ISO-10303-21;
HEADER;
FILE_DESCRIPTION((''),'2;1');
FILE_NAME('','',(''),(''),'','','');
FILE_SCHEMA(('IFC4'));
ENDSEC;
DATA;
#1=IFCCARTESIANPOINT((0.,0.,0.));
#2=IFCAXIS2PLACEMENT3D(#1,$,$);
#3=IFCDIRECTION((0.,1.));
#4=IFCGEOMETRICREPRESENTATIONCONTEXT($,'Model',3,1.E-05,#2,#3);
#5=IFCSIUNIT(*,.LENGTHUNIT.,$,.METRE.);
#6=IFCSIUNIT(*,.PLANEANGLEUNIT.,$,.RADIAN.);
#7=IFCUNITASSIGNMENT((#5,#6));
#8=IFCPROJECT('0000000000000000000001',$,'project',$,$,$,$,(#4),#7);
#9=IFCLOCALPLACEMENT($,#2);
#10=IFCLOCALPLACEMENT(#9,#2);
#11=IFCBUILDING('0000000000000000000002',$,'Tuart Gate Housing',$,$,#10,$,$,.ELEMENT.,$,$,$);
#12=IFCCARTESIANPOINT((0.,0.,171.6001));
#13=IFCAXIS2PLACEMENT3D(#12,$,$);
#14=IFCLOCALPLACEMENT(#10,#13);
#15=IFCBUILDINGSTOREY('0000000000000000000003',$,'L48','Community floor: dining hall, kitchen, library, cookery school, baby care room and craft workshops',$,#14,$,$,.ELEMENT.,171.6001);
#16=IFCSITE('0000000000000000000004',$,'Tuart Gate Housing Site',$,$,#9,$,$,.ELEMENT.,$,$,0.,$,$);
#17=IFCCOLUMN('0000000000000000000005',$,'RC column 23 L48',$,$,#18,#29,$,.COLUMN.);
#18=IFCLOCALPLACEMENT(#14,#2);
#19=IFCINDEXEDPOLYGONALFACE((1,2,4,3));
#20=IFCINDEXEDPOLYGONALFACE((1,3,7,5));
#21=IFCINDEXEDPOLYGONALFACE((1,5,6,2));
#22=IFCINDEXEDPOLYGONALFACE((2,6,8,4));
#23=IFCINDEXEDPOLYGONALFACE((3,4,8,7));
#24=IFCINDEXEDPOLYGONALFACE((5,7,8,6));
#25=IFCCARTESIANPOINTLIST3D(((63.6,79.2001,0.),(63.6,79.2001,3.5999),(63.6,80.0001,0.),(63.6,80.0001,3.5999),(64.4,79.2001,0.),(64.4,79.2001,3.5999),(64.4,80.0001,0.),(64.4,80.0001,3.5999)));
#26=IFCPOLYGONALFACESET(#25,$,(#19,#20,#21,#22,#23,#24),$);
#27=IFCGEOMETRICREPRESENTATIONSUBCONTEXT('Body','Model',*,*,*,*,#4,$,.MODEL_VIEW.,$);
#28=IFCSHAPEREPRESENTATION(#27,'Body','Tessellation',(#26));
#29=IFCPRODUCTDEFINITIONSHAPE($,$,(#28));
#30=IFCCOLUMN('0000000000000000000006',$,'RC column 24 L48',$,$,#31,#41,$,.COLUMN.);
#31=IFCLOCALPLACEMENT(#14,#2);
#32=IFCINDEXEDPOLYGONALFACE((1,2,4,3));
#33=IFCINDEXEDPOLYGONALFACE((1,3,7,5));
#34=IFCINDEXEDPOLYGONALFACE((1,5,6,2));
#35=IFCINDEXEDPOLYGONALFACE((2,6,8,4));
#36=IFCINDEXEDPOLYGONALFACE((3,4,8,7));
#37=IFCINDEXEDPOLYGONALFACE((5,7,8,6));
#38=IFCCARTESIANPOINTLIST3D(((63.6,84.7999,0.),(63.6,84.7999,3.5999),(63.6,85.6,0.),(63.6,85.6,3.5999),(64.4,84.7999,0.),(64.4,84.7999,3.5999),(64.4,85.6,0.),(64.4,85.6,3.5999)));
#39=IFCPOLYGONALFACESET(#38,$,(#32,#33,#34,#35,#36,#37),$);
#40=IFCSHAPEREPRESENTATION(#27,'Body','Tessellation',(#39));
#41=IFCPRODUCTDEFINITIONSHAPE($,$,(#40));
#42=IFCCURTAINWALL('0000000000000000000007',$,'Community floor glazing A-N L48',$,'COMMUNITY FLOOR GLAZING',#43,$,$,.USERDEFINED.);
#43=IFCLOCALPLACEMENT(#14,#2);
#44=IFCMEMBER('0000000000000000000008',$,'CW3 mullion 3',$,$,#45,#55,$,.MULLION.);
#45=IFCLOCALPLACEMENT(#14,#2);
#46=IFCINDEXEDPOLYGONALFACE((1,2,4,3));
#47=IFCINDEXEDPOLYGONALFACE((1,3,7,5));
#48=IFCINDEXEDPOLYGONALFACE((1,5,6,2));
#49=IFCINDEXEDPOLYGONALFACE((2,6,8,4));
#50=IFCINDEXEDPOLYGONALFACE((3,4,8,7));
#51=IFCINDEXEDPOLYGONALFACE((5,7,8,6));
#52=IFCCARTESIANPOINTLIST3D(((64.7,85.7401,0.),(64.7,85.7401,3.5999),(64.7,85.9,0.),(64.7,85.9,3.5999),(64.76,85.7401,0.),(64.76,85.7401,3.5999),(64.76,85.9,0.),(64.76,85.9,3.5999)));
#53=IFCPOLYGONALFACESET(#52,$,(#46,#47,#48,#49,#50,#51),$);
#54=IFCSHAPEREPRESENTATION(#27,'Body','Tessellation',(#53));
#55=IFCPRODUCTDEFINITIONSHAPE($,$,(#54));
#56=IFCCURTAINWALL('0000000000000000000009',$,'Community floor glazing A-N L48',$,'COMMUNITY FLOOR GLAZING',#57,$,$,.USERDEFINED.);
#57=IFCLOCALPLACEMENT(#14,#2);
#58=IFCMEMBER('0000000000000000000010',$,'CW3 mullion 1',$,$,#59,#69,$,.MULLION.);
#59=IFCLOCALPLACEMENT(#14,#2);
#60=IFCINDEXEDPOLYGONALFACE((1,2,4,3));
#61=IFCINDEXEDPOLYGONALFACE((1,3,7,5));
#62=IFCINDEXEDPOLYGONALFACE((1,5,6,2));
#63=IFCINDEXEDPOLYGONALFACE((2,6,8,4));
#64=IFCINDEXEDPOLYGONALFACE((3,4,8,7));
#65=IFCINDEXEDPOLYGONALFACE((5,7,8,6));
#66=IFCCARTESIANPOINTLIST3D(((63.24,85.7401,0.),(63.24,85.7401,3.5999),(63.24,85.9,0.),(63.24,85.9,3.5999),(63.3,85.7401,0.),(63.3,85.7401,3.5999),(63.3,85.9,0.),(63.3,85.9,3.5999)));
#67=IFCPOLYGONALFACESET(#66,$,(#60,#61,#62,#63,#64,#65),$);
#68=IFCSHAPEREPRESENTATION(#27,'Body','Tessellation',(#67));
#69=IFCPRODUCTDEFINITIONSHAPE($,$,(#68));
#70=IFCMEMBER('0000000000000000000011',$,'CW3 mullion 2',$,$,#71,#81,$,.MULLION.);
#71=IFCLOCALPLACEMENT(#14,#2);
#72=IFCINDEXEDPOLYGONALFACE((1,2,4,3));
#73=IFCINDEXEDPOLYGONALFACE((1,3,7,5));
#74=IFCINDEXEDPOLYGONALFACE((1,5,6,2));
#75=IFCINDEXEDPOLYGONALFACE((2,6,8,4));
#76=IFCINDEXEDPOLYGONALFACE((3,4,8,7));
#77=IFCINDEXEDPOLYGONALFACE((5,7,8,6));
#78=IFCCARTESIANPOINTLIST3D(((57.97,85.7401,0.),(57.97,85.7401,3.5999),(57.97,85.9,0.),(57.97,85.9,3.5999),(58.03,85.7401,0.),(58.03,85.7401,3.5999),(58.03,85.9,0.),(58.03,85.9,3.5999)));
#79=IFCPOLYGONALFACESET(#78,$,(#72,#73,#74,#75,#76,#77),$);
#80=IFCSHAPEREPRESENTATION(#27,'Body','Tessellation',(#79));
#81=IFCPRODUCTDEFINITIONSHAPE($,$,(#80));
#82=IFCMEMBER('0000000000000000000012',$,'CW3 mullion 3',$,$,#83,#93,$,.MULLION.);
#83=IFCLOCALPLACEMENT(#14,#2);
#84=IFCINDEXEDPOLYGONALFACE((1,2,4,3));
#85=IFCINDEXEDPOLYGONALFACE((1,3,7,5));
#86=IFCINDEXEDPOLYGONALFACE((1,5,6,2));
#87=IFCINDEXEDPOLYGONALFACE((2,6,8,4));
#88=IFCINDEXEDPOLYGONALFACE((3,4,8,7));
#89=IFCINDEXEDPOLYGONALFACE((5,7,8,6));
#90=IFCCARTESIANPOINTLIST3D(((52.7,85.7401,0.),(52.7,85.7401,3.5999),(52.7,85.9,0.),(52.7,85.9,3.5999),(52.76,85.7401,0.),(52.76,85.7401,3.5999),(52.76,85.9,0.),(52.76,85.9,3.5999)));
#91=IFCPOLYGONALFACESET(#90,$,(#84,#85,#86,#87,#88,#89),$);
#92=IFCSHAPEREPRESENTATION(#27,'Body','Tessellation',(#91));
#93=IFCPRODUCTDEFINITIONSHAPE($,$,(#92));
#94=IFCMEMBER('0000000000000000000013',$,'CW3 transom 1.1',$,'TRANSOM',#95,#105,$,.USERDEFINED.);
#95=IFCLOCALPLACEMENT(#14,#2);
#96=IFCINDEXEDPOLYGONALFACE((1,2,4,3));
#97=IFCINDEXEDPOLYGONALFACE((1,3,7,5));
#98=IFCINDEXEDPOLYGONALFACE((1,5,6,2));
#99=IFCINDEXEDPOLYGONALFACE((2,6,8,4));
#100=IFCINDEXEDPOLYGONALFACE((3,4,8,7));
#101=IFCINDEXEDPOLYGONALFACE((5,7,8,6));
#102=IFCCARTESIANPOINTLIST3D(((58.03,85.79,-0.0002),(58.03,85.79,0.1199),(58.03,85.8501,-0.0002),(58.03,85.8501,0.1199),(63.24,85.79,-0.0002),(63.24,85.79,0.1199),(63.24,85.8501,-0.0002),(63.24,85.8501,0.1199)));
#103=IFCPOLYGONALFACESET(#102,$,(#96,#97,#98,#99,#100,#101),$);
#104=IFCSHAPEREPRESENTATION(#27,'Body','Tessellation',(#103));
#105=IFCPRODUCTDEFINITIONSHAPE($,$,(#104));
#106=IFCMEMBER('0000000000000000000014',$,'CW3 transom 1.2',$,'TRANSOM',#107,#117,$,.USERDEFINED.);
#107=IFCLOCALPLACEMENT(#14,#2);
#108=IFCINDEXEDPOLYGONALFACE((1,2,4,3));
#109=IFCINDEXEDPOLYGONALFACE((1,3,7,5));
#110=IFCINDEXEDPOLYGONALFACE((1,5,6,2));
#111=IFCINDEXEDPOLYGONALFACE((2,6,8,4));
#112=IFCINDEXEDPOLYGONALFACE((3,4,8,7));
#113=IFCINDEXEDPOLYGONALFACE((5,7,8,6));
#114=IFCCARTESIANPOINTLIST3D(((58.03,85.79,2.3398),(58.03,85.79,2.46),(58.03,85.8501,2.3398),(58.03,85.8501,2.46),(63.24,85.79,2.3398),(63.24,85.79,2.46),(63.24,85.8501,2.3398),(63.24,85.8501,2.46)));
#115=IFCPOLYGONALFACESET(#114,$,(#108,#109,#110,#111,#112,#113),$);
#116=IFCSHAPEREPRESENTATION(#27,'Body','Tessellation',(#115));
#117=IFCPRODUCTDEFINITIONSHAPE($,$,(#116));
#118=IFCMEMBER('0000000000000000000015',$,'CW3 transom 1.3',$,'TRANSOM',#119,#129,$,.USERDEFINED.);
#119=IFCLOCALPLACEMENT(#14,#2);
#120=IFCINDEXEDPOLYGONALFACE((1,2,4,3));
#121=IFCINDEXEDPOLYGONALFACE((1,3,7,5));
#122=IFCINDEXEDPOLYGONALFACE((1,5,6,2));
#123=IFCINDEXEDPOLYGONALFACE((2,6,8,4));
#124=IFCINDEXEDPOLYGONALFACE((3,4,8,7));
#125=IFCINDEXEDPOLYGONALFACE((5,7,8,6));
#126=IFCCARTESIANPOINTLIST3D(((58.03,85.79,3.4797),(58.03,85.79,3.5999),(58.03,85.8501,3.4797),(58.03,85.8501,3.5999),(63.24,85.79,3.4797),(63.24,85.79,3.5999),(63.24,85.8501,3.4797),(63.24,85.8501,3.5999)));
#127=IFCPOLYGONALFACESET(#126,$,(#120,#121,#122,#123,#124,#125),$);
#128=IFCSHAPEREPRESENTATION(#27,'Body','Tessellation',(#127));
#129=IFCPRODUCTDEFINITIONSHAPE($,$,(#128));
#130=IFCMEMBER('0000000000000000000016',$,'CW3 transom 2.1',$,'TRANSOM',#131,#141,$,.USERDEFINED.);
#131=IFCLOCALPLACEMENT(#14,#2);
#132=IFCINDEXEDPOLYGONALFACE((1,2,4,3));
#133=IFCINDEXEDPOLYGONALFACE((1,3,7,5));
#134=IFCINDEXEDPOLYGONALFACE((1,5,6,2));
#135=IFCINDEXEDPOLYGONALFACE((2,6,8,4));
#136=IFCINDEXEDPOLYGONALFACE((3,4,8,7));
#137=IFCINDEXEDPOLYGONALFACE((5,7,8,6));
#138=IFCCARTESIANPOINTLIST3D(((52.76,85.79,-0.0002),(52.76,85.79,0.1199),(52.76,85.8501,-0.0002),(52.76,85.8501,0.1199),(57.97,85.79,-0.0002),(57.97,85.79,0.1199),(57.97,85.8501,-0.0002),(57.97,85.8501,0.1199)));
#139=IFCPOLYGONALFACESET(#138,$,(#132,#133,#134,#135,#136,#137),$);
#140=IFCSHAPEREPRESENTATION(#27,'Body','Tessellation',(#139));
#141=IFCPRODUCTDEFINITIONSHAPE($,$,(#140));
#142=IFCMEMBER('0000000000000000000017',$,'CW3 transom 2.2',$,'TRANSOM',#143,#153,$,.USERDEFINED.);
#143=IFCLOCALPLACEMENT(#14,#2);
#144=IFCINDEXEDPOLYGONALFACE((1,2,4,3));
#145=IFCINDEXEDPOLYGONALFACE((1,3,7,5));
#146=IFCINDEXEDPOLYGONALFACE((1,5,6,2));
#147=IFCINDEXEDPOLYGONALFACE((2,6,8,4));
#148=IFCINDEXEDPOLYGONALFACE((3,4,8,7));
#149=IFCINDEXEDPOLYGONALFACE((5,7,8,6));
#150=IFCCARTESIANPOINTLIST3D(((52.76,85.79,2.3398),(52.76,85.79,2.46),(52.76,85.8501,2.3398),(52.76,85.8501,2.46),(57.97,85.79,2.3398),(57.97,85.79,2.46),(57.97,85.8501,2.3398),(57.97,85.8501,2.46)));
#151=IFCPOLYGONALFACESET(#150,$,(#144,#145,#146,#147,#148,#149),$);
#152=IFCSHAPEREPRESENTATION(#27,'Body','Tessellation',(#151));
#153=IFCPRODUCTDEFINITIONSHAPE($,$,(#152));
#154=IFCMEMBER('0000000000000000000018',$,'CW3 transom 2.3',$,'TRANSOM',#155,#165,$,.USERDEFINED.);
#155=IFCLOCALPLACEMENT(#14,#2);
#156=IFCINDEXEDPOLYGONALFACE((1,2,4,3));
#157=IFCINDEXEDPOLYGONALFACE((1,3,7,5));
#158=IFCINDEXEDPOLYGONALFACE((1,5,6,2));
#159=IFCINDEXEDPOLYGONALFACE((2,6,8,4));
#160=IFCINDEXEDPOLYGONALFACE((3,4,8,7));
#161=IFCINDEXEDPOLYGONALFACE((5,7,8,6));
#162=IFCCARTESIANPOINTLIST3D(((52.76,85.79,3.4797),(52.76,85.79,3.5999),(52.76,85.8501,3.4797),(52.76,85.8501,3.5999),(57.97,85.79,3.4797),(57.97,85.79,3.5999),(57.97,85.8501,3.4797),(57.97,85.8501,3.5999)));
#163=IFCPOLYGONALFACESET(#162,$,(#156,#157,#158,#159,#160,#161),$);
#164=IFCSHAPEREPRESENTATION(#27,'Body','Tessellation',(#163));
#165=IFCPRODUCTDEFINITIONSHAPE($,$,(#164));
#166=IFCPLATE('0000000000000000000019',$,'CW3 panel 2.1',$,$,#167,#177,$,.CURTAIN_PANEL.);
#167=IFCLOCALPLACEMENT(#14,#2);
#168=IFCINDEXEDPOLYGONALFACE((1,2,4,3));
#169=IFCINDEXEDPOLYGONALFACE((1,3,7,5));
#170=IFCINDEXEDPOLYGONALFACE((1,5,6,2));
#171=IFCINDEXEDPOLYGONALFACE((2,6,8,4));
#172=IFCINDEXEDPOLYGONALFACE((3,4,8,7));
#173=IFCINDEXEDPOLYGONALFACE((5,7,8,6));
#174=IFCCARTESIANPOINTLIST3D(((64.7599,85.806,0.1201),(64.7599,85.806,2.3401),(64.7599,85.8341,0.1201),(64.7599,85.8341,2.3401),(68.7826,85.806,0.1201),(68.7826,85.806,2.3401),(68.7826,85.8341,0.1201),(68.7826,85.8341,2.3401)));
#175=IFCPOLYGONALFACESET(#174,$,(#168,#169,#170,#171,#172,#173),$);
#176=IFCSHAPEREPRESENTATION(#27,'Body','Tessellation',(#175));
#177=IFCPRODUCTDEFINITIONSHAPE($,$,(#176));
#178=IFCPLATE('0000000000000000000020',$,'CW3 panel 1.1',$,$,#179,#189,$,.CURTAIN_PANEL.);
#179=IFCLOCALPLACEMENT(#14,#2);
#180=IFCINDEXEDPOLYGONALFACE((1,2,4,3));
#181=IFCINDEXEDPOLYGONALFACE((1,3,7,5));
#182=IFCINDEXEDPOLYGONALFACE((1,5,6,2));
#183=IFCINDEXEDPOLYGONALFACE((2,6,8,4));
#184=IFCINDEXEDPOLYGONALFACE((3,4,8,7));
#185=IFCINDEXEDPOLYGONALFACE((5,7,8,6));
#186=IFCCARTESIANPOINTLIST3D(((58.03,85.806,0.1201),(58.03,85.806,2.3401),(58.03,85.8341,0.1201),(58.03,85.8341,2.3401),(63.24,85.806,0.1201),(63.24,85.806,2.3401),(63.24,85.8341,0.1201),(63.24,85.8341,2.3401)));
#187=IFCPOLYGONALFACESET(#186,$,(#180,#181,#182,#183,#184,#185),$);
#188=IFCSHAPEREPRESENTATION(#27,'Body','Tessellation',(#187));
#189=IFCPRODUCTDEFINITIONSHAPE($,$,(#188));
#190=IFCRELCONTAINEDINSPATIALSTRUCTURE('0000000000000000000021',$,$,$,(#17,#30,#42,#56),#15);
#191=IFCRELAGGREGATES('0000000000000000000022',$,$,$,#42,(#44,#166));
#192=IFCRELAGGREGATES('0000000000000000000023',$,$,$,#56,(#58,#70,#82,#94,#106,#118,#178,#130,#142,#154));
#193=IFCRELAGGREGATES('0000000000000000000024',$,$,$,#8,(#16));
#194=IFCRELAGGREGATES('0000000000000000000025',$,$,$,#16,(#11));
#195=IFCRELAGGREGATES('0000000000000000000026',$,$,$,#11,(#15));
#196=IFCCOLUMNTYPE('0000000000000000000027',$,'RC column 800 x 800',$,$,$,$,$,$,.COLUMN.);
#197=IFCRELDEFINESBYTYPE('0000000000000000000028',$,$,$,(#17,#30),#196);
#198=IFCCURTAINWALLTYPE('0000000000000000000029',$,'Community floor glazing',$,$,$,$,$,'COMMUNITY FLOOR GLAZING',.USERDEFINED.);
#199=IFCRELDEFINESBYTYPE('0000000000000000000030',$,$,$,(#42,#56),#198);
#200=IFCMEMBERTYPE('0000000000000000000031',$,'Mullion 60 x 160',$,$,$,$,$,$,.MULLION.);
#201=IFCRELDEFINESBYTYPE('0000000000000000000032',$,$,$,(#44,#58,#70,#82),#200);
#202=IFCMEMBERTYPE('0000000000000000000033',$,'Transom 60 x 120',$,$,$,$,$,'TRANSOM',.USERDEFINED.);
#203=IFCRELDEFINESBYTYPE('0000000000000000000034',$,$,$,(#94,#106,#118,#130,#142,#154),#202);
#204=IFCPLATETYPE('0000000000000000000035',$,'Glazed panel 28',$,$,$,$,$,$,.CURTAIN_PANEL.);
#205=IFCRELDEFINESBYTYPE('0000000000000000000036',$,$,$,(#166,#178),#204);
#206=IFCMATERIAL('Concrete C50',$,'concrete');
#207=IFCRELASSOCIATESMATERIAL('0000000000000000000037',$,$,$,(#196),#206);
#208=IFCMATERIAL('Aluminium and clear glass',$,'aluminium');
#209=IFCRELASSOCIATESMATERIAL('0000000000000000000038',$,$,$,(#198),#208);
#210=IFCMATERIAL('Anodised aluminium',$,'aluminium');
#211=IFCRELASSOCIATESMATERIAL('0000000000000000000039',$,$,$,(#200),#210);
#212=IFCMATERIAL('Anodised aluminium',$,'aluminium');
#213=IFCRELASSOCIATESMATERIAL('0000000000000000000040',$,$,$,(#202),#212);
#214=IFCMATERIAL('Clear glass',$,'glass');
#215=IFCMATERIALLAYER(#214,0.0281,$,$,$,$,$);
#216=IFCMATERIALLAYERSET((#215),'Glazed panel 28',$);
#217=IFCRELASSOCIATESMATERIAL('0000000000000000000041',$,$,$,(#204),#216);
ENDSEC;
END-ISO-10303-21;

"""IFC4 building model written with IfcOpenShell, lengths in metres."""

from ifc_helpers import new_model, si_unit, direction, frame, origin, origin_2d, place, context, subcontext, project, spatial, rectangle, extrude, material, layer, layer_set, material_profile, profile_set, type_object, element, aggregate, save


model = new_model("IFC4")

# Units and contexts
model_context = context("Model", 3, precision=1e-05, world=origin(), true_north=direction((0.0, 1.0)))
body_context = subcontext(model_context, "Body", "Model", "MODEL_VIEW")
ifc_project = project(units=[si_unit("LENGTHUNIT", "METRE"), si_unit("PLANEANGLEUNIT", "RADIAN")], contexts=[model_context])

# Site, building, storey
site_placement = place(None, origin())
site = spatial("IfcSite", under=ifc_project, at=site_placement, Name="Tuart Gate Housing Site", CompositionType="ELEMENT", RefElevation=0.0)
building_placement = place(site_placement, origin())
building = spatial("IfcBuilding", under=site, at=building_placement, Name="Tuart Gate Housing", CompositionType="ELEMENT")
storey_placement = place(building_placement, frame((0.0, 0.0, 171.6001)))
storey = spatial("IfcBuildingStorey", under=building, at=storey_placement, Name="L48", Description="Community floor: dining hall, kitchen, library, cookery school, baby care room and craft workshops", CompositionType="ELEMENT", Elevation=171.6001)

# Columns
ifc_material_1 = material(Name="Concrete C50", Category="concrete")
ifc_material_profile_1 = material_profile(ifc_material_1, rectangle(XDim=0.8, YDim=0.8, at=origin_2d()), Name="RC column 800 x 800")
ifc_profile_set_1 = profile_set([ifc_material_profile_1], Name="Concrete C50")
column_type = type_object("IfcColumnType", Name="RC column 800 x 800", PredefinedType="COLUMN", material=ifc_profile_set_1)
for number, where, z_axis, x_axis, name in (
    (1, (64.0, 79.6001, 0.0), (0.0, 0.0, 1.0), (1.0, 0.0, 0.0), "RC column 23 L48"),
    (2, (64.0, 85.2, 0.0), (0.0, 0.0, 1.0), (1.0, 0.0, 0.0), "RC column 24 L48"),
):
    element("IfcColumn", number, at=place(storey_placement, frame(where, z_axis=z_axis, x_axis=x_axis)), inside=storey, type_object=column_type, Name=name, PredefinedType="COLUMN", context=body_context, shape_type="SweptSolid", body=[
        extrude(rectangle(XDim=0.8, YDim=0.8, at=origin_2d()), origin(), (0.0, 0.0, 1.0), 3.5999),
    ])

# Curtain wall, member
ifc_material_2 = material(Name="Aluminium and clear glass", Category="aluminium")
curtain_wall_type = type_object("IfcCurtainWallType", Name="Community floor glazing", ElementType="COMMUNITY FLOOR GLAZING", PredefinedType="USERDEFINED", material=ifc_material_2)
curtain_wall_1_placement = place(storey_placement, origin())
curtain_wall_1 = element("IfcCurtainWall", 3, at=curtain_wall_1_placement, inside=storey, type_object=curtain_wall_type, Name="Community floor glazing A-N L48", ObjectType="COMMUNITY FLOOR GLAZING", PredefinedType="USERDEFINED")
ifc_material_3 = material(Name="Anodised aluminium", Category="aluminium")
ifc_material_profile_2 = material_profile(ifc_material_3, rectangle(XDim=0.0601, YDim=0.1599, at=origin_2d()), Name="60x160")
ifc_profile_set_2 = profile_set([ifc_material_profile_2], Name="Anodised aluminium")
member_type_1 = type_object("IfcMemberType", Name="Mullion 60 x 160", PredefinedType="MULLION", material=ifc_profile_set_2)
member_1_placement = place(storey_placement, frame((64.73, 85.8201, 0.0), z_axis=(0.0, 0.0, 1.0), x_axis=(-1.0, 0.0, 0.0)))
member_1 = element("IfcMember", 4, at=member_1_placement, type_object=member_type_1, Name="CW3 mullion 3", PredefinedType="MULLION", context=body_context, shape_type="SweptSolid", body=[
    extrude(rectangle(XDim=0.0601, YDim=0.1599, at=origin_2d()), origin(), (0.0, 0.0, 1.0), 3.5999),
])

# Curtain wall, members
curtain_wall_2_placement = place(storey_placement, origin())
curtain_wall_2 = element("IfcCurtainWall", 5, at=curtain_wall_2_placement, inside=storey, type_object=curtain_wall_type, Name="Community floor glazing A-N L48", ObjectType="COMMUNITY FLOOR GLAZING", PredefinedType="USERDEFINED")
member_2_placement = place(storey_placement, frame((63.27, 85.8201, 0.0), z_axis=(0.0, 0.0, 1.0), x_axis=(-1.0, 0.0, 0.0)))
member_2 = element("IfcMember", 6, at=member_2_placement, type_object=member_type_1, Name="CW3 mullion 1", PredefinedType="MULLION", context=body_context, shape_type="SweptSolid", body=[
    extrude(rectangle(XDim=0.0601, YDim=0.1599, at=origin_2d()), origin(), (0.0, 0.0, 1.0), 3.5999),
])
member_3_placement = place(storey_placement, frame((58.0, 85.8201, 0.0), z_axis=(0.0, 0.0, 1.0), x_axis=(-1.0, 0.0, 0.0)))
member_3 = element("IfcMember", 7, at=member_3_placement, type_object=member_type_1, Name="CW3 mullion 2", PredefinedType="MULLION", context=body_context, shape_type="SweptSolid", body=[
    extrude(rectangle(XDim=0.0601, YDim=0.1599, at=origin_2d()), origin(), (0.0, 0.0, 1.0), 3.5999),
])
member_4_placement = place(storey_placement, frame((52.73, 85.8201, 0.0), z_axis=(0.0, 0.0, 1.0), x_axis=(-1.0, 0.0, 0.0)))
member_4 = element("IfcMember", 8, at=member_4_placement, type_object=member_type_1, Name="CW3 mullion 3", PredefinedType="MULLION", context=body_context, shape_type="SweptSolid", body=[
    extrude(rectangle(XDim=0.0601, YDim=0.1599, at=origin_2d()), origin(), (0.0, 0.0, 1.0), 3.5999),
])
ifc_material_4 = material(Name="Anodised aluminium", Category="aluminium")
ifc_material_profile_3 = material_profile(ifc_material_4, rectangle(XDim=0.0601, YDim=0.1201, at=origin_2d()), Name="60x120")
ifc_profile_set_3 = profile_set([ifc_material_profile_3], Name="Anodised aluminium")
member_type_2 = type_object("IfcMemberType", Name="Transom 60 x 120", ElementType="TRANSOM", PredefinedType="USERDEFINED", material=ifc_profile_set_3)
member_5_placement = place(storey_placement, frame((63.24, 85.8201, 0.0598), z_axis=(-1.0, 0.0, 0.0), x_axis=(0.0, -1.0, 0.0)))
member_5 = element("IfcMember", 9, at=member_5_placement, type_object=member_type_2, Name="CW3 transom 1.1", ObjectType="TRANSOM", PredefinedType="USERDEFINED", context=body_context, shape_type="SweptSolid", body=[
    extrude(rectangle(XDim=0.0601, YDim=0.1201, at=origin_2d()), origin(), (0.0, 0.0, 1.0), 5.21),
])
member_6_placement = place(storey_placement, frame((63.24, 85.8201, 2.3999), z_axis=(-1.0, 0.0, 0.0), x_axis=(0.0, -1.0, 0.0)))
member_6 = element("IfcMember", 10, at=member_6_placement, type_object=member_type_2, Name="CW3 transom 1.2", ObjectType="TRANSOM", PredefinedType="USERDEFINED", context=body_context, shape_type="SweptSolid", body=[
    extrude(rectangle(XDim=0.0601, YDim=0.1201, at=origin_2d()), origin(), (0.0, 0.0, 1.0), 5.21),
])
member_7_placement = place(storey_placement, frame((63.24, 85.8201, 3.5398), z_axis=(-1.0, 0.0, 0.0), x_axis=(0.0, -1.0, 0.0)))
member_7 = element("IfcMember", 11, at=member_7_placement, type_object=member_type_2, Name="CW3 transom 1.3", ObjectType="TRANSOM", PredefinedType="USERDEFINED", context=body_context, shape_type="SweptSolid", body=[
    extrude(rectangle(XDim=0.0601, YDim=0.1201, at=origin_2d()), origin(), (0.0, 0.0, 1.0), 5.21),
])
member_8_placement = place(storey_placement, frame((57.97, 85.8201, 0.0598), z_axis=(-1.0, 0.0, 0.0), x_axis=(0.0, -1.0, 0.0)))
member_8 = element("IfcMember", 12, at=member_8_placement, type_object=member_type_2, Name="CW3 transom 2.1", ObjectType="TRANSOM", PredefinedType="USERDEFINED", context=body_context, shape_type="SweptSolid", body=[
    extrude(rectangle(XDim=0.0601, YDim=0.1201, at=origin_2d()), origin(), (0.0, 0.0, 1.0), 5.21),
])
member_9_placement = place(storey_placement, frame((57.97, 85.8201, 2.3999), z_axis=(-1.0, 0.0, 0.0), x_axis=(0.0, -1.0, 0.0)))
member_9 = element("IfcMember", 13, at=member_9_placement, type_object=member_type_2, Name="CW3 transom 2.2", ObjectType="TRANSOM", PredefinedType="USERDEFINED", context=body_context, shape_type="SweptSolid", body=[
    extrude(rectangle(XDim=0.0601, YDim=0.1201, at=origin_2d()), origin(), (0.0, 0.0, 1.0), 5.21),
])
member_10_placement = place(storey_placement, frame((57.97, 85.8201, 3.5398), z_axis=(-1.0, 0.0, 0.0), x_axis=(0.0, -1.0, 0.0)))
member_10 = element("IfcMember", 14, at=member_10_placement, type_object=member_type_2, Name="CW3 transom 2.3", ObjectType="TRANSOM", PredefinedType="USERDEFINED", context=body_context, shape_type="SweptSolid", body=[
    extrude(rectangle(XDim=0.0601, YDim=0.1201, at=origin_2d()), origin(), (0.0, 0.0, 1.0), 5.21),
])

# Plates
ifc_material_5 = material(Name="Clear glass", Category="glass")
ifc_layer_1 = layer(ifc_material_5, 0.0281)
ifc_layer_set_1 = layer_set([ifc_layer_1], Name="Glazed panel 28")
plate_type = type_object("IfcPlateType", Name="Glazed panel 28", PredefinedType="CURTAIN_PANEL", material=ifc_layer_set_1)
plate_1_placement = place(storey_placement, frame((66.7712, 85.8201, 0.1201), z_axis=(0.0, 0.0, 1.0), x_axis=(-1.0, 0.0, 0.0)))
plate_1 = element("IfcPlate", 15, at=plate_1_placement, type_object=plate_type, Name="CW3 panel 2.1", PredefinedType="CURTAIN_PANEL", context=body_context, shape_type="SweptSolid", body=[
    extrude(rectangle(XDim=4.0227, YDim=0.0281, at=origin_2d()), origin(), (0.0, 0.0, 1.0), 2.22),
])
aggregate(curtain_wall_1, [member_1, plate_1])
plate_2_placement = place(storey_placement, frame((60.635, 85.8201, 0.1201), z_axis=(0.0, 0.0, 1.0), x_axis=(-1.0, 0.0, 0.0)))
plate_2 = element("IfcPlate", 16, at=plate_2_placement, type_object=plate_type, Name="CW3 panel 1.1", PredefinedType="CURTAIN_PANEL", context=body_context, shape_type="SweptSolid", body=[
    extrude(rectangle(XDim=5.21, YDim=0.0281, at=origin_2d()), origin(), (0.0, 0.0, 1.0), 2.22),
])
aggregate(curtain_wall_2, [member_2, member_3, member_4, member_5, member_6, member_7, plate_2, member_8, member_9, member_10])

save(model, "model.ifc")
